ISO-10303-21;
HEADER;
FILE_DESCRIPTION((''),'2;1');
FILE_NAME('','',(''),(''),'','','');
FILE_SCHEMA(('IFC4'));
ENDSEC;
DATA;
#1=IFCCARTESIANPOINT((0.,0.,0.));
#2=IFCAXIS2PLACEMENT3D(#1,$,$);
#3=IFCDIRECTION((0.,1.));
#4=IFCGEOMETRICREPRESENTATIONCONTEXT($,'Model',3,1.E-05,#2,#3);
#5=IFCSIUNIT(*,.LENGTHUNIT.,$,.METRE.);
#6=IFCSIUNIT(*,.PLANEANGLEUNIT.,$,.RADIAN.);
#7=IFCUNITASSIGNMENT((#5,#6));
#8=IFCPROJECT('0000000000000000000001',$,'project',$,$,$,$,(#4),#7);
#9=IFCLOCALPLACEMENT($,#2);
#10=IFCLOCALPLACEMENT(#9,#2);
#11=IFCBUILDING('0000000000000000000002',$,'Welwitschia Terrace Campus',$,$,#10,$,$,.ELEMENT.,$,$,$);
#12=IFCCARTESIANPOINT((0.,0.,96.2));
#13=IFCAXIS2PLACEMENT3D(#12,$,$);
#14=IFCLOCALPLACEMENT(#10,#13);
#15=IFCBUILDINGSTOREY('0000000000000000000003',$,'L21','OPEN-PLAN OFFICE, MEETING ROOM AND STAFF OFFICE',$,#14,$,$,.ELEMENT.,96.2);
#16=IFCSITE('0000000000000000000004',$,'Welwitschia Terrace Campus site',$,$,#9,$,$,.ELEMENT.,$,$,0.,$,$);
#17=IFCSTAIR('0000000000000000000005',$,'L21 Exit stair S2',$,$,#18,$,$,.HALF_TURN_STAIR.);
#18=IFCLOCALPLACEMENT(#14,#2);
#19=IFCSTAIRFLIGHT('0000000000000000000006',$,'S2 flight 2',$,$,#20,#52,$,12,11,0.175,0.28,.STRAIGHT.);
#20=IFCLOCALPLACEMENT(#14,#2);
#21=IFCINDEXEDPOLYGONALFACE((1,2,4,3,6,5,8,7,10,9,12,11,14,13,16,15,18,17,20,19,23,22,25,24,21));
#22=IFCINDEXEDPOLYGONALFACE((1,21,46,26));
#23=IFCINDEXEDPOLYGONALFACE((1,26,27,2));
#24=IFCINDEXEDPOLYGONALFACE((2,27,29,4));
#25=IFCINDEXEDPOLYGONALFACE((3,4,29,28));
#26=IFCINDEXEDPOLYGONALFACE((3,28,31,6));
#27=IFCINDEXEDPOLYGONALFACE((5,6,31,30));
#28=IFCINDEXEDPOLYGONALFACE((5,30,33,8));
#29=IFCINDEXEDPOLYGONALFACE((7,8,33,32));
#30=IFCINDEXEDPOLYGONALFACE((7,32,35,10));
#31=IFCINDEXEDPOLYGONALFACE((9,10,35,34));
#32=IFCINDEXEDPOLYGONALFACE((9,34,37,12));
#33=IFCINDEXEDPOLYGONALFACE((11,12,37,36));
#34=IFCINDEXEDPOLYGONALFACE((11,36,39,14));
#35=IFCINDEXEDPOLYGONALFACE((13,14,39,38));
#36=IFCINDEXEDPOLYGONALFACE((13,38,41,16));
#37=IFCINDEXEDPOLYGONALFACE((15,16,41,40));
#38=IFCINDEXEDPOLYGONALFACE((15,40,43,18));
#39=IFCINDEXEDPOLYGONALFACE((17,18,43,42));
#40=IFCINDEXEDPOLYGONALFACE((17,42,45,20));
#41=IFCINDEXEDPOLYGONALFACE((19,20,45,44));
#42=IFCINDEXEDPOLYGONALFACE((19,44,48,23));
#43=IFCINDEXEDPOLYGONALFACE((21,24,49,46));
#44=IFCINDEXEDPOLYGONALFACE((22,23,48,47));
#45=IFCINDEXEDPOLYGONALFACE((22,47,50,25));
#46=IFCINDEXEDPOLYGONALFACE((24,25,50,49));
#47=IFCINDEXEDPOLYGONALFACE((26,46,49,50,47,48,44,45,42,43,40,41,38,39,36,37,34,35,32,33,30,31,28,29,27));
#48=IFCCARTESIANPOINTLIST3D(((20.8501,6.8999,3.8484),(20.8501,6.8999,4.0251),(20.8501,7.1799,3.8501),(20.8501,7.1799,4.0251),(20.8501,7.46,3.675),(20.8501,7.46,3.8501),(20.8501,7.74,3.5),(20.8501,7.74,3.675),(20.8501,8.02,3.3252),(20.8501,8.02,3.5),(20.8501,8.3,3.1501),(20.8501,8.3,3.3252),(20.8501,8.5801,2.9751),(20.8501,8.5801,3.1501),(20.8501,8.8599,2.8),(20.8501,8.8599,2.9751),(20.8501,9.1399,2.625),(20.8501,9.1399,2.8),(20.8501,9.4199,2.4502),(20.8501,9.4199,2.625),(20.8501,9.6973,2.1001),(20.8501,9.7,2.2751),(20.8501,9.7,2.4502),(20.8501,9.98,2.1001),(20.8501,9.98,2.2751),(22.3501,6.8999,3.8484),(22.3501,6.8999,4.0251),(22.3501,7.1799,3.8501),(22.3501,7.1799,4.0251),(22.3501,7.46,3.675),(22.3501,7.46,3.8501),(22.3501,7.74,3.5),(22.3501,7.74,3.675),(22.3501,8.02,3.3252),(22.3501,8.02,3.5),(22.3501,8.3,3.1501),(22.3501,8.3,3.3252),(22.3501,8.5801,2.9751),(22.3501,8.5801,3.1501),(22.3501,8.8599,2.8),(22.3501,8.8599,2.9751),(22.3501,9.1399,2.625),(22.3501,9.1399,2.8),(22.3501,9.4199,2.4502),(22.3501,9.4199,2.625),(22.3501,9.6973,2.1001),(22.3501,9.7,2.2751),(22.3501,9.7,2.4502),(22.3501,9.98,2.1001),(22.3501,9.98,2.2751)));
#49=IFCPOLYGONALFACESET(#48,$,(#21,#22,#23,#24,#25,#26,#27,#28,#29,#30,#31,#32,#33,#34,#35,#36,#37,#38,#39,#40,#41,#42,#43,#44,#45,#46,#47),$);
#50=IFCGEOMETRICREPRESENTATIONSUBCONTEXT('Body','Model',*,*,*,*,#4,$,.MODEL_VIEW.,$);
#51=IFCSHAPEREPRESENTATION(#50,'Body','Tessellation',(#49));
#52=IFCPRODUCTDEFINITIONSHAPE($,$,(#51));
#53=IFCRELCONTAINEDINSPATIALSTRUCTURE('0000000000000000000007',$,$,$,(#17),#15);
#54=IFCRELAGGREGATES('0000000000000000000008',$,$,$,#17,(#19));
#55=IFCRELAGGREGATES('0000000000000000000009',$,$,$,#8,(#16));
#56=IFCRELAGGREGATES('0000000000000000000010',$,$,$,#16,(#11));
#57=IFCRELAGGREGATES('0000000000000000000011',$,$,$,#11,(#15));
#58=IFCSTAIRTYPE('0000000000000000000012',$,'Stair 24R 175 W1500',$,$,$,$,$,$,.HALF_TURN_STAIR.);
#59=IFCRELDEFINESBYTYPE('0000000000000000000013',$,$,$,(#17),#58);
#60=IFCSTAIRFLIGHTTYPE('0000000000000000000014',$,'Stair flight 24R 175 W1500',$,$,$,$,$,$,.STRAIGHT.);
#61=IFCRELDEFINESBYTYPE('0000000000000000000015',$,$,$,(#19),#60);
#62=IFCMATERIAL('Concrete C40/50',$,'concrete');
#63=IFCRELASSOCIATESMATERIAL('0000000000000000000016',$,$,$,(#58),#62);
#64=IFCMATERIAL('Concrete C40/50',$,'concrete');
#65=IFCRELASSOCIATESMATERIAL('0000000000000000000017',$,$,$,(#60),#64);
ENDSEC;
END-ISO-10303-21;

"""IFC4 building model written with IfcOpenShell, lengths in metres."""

from ifc_helpers import new_model, si_unit, direction, frame, origin, place, context, subcontext, project, spatial, polyline, outline, extrude, material, type_object, element, aggregate, save


model = new_model("IFC4")

# Units and contexts
model_context = context("Model", 3, precision=1e-05, world=origin(), true_north=direction((0.0, 1.0)))
body_context = subcontext(model_context, "Body", "Model", "MODEL_VIEW")
ifc_project = project(units=[si_unit("LENGTHUNIT", "METRE"), si_unit("PLANEANGLEUNIT", "RADIAN")], contexts=[model_context])

# Site, building, storey
site_placement = place(None, origin())
site = spatial("IfcSite", under=ifc_project, at=site_placement, Name="Welwitschia Terrace Campus site", CompositionType="ELEMENT", RefElevation=0.0)
building_placement = place(site_placement, origin())
building = spatial("IfcBuilding", under=site, at=building_placement, Name="Welwitschia Terrace Campus", CompositionType="ELEMENT")
storey_placement = place(building_placement, frame((0.0, 0.0, 96.2)))
storey = spatial("IfcBuildingStorey", under=building, at=storey_placement, Name="L21", Description="OPEN-PLAN OFFICE, MEETING ROOM AND STAFF OFFICE", CompositionType="ELEMENT", Elevation=96.2)

# Stair, stair flight
ifc_material_1 = material(Name="Concrete C40/50", Category="concrete")
stair_type = type_object("IfcStairType", Name="Stair 24R 175 W1500", PredefinedType="HALF_TURN_STAIR", material=ifc_material_1)
stair_placement = place(storey_placement, origin())
stair = element("IfcStair", 1, at=stair_placement, inside=storey, type_object=stair_type, Name="L21 Exit stair S2", PredefinedType="HALF_TURN_STAIR")
ifc_material_2 = material(Name="Concrete C40/50", Category="concrete")
stair_flight_type = type_object("IfcStairFlightType", Name="Stair flight 24R 175 W1500", PredefinedType="STRAIGHT", material=ifc_material_2)
stair_flight_1_placement = place(storey_placement, frame((21.6001, 9.98, 2.1001), z_axis=(0.0, 0.0, 1.0), x_axis=(0.0, -1.0, 0.0)))
stair_flight_1 = element("IfcStairFlight", 2, at=stair_flight_1_placement, type_object=stair_flight_type, Name="S2 flight 2", NumberOfRisers=12, NumberOfTreads=11, PredefinedType="STRAIGHT", RiserHeight=0.175, TreadLength=0.28, context=body_context, shape_type="SweptSolid", body=[
    extrude(outline(polyline([(0.0, 0.0), (0.0, 0.175), (0.28, 0.175), (0.28, 0.3501), (0.5601, 0.3501), (0.5601, 0.5249), (0.8401, 0.5249), (0.8401, 0.7), (1.1201, 0.7), (1.1201, 0.875), (1.3999, 0.875), (1.3999, 1.05), (1.6799, 1.05), (1.6799, 1.2251), (1.96, 1.2251), (1.96, 1.3999), (2.24, 1.3999), (2.24, 1.575), (2.52, 1.575), (2.52, 1.75), (2.8, 1.75), (2.8, 1.925), (3.0801, 1.925), (3.0801, 2.1001), (3.0801, 1.7483), (0.2827, 0.0), (0.0, 0.0)])), frame((0.0, 0.75, 0.0), z_axis=(0.0, -1.0, 0.0), x_axis=(1.0, 0.0, 0.0)), (0.0, 0.0, 1.0), 1.5),
])
aggregate(stair, [stair_flight_1])

save(model, "model.ifc")
